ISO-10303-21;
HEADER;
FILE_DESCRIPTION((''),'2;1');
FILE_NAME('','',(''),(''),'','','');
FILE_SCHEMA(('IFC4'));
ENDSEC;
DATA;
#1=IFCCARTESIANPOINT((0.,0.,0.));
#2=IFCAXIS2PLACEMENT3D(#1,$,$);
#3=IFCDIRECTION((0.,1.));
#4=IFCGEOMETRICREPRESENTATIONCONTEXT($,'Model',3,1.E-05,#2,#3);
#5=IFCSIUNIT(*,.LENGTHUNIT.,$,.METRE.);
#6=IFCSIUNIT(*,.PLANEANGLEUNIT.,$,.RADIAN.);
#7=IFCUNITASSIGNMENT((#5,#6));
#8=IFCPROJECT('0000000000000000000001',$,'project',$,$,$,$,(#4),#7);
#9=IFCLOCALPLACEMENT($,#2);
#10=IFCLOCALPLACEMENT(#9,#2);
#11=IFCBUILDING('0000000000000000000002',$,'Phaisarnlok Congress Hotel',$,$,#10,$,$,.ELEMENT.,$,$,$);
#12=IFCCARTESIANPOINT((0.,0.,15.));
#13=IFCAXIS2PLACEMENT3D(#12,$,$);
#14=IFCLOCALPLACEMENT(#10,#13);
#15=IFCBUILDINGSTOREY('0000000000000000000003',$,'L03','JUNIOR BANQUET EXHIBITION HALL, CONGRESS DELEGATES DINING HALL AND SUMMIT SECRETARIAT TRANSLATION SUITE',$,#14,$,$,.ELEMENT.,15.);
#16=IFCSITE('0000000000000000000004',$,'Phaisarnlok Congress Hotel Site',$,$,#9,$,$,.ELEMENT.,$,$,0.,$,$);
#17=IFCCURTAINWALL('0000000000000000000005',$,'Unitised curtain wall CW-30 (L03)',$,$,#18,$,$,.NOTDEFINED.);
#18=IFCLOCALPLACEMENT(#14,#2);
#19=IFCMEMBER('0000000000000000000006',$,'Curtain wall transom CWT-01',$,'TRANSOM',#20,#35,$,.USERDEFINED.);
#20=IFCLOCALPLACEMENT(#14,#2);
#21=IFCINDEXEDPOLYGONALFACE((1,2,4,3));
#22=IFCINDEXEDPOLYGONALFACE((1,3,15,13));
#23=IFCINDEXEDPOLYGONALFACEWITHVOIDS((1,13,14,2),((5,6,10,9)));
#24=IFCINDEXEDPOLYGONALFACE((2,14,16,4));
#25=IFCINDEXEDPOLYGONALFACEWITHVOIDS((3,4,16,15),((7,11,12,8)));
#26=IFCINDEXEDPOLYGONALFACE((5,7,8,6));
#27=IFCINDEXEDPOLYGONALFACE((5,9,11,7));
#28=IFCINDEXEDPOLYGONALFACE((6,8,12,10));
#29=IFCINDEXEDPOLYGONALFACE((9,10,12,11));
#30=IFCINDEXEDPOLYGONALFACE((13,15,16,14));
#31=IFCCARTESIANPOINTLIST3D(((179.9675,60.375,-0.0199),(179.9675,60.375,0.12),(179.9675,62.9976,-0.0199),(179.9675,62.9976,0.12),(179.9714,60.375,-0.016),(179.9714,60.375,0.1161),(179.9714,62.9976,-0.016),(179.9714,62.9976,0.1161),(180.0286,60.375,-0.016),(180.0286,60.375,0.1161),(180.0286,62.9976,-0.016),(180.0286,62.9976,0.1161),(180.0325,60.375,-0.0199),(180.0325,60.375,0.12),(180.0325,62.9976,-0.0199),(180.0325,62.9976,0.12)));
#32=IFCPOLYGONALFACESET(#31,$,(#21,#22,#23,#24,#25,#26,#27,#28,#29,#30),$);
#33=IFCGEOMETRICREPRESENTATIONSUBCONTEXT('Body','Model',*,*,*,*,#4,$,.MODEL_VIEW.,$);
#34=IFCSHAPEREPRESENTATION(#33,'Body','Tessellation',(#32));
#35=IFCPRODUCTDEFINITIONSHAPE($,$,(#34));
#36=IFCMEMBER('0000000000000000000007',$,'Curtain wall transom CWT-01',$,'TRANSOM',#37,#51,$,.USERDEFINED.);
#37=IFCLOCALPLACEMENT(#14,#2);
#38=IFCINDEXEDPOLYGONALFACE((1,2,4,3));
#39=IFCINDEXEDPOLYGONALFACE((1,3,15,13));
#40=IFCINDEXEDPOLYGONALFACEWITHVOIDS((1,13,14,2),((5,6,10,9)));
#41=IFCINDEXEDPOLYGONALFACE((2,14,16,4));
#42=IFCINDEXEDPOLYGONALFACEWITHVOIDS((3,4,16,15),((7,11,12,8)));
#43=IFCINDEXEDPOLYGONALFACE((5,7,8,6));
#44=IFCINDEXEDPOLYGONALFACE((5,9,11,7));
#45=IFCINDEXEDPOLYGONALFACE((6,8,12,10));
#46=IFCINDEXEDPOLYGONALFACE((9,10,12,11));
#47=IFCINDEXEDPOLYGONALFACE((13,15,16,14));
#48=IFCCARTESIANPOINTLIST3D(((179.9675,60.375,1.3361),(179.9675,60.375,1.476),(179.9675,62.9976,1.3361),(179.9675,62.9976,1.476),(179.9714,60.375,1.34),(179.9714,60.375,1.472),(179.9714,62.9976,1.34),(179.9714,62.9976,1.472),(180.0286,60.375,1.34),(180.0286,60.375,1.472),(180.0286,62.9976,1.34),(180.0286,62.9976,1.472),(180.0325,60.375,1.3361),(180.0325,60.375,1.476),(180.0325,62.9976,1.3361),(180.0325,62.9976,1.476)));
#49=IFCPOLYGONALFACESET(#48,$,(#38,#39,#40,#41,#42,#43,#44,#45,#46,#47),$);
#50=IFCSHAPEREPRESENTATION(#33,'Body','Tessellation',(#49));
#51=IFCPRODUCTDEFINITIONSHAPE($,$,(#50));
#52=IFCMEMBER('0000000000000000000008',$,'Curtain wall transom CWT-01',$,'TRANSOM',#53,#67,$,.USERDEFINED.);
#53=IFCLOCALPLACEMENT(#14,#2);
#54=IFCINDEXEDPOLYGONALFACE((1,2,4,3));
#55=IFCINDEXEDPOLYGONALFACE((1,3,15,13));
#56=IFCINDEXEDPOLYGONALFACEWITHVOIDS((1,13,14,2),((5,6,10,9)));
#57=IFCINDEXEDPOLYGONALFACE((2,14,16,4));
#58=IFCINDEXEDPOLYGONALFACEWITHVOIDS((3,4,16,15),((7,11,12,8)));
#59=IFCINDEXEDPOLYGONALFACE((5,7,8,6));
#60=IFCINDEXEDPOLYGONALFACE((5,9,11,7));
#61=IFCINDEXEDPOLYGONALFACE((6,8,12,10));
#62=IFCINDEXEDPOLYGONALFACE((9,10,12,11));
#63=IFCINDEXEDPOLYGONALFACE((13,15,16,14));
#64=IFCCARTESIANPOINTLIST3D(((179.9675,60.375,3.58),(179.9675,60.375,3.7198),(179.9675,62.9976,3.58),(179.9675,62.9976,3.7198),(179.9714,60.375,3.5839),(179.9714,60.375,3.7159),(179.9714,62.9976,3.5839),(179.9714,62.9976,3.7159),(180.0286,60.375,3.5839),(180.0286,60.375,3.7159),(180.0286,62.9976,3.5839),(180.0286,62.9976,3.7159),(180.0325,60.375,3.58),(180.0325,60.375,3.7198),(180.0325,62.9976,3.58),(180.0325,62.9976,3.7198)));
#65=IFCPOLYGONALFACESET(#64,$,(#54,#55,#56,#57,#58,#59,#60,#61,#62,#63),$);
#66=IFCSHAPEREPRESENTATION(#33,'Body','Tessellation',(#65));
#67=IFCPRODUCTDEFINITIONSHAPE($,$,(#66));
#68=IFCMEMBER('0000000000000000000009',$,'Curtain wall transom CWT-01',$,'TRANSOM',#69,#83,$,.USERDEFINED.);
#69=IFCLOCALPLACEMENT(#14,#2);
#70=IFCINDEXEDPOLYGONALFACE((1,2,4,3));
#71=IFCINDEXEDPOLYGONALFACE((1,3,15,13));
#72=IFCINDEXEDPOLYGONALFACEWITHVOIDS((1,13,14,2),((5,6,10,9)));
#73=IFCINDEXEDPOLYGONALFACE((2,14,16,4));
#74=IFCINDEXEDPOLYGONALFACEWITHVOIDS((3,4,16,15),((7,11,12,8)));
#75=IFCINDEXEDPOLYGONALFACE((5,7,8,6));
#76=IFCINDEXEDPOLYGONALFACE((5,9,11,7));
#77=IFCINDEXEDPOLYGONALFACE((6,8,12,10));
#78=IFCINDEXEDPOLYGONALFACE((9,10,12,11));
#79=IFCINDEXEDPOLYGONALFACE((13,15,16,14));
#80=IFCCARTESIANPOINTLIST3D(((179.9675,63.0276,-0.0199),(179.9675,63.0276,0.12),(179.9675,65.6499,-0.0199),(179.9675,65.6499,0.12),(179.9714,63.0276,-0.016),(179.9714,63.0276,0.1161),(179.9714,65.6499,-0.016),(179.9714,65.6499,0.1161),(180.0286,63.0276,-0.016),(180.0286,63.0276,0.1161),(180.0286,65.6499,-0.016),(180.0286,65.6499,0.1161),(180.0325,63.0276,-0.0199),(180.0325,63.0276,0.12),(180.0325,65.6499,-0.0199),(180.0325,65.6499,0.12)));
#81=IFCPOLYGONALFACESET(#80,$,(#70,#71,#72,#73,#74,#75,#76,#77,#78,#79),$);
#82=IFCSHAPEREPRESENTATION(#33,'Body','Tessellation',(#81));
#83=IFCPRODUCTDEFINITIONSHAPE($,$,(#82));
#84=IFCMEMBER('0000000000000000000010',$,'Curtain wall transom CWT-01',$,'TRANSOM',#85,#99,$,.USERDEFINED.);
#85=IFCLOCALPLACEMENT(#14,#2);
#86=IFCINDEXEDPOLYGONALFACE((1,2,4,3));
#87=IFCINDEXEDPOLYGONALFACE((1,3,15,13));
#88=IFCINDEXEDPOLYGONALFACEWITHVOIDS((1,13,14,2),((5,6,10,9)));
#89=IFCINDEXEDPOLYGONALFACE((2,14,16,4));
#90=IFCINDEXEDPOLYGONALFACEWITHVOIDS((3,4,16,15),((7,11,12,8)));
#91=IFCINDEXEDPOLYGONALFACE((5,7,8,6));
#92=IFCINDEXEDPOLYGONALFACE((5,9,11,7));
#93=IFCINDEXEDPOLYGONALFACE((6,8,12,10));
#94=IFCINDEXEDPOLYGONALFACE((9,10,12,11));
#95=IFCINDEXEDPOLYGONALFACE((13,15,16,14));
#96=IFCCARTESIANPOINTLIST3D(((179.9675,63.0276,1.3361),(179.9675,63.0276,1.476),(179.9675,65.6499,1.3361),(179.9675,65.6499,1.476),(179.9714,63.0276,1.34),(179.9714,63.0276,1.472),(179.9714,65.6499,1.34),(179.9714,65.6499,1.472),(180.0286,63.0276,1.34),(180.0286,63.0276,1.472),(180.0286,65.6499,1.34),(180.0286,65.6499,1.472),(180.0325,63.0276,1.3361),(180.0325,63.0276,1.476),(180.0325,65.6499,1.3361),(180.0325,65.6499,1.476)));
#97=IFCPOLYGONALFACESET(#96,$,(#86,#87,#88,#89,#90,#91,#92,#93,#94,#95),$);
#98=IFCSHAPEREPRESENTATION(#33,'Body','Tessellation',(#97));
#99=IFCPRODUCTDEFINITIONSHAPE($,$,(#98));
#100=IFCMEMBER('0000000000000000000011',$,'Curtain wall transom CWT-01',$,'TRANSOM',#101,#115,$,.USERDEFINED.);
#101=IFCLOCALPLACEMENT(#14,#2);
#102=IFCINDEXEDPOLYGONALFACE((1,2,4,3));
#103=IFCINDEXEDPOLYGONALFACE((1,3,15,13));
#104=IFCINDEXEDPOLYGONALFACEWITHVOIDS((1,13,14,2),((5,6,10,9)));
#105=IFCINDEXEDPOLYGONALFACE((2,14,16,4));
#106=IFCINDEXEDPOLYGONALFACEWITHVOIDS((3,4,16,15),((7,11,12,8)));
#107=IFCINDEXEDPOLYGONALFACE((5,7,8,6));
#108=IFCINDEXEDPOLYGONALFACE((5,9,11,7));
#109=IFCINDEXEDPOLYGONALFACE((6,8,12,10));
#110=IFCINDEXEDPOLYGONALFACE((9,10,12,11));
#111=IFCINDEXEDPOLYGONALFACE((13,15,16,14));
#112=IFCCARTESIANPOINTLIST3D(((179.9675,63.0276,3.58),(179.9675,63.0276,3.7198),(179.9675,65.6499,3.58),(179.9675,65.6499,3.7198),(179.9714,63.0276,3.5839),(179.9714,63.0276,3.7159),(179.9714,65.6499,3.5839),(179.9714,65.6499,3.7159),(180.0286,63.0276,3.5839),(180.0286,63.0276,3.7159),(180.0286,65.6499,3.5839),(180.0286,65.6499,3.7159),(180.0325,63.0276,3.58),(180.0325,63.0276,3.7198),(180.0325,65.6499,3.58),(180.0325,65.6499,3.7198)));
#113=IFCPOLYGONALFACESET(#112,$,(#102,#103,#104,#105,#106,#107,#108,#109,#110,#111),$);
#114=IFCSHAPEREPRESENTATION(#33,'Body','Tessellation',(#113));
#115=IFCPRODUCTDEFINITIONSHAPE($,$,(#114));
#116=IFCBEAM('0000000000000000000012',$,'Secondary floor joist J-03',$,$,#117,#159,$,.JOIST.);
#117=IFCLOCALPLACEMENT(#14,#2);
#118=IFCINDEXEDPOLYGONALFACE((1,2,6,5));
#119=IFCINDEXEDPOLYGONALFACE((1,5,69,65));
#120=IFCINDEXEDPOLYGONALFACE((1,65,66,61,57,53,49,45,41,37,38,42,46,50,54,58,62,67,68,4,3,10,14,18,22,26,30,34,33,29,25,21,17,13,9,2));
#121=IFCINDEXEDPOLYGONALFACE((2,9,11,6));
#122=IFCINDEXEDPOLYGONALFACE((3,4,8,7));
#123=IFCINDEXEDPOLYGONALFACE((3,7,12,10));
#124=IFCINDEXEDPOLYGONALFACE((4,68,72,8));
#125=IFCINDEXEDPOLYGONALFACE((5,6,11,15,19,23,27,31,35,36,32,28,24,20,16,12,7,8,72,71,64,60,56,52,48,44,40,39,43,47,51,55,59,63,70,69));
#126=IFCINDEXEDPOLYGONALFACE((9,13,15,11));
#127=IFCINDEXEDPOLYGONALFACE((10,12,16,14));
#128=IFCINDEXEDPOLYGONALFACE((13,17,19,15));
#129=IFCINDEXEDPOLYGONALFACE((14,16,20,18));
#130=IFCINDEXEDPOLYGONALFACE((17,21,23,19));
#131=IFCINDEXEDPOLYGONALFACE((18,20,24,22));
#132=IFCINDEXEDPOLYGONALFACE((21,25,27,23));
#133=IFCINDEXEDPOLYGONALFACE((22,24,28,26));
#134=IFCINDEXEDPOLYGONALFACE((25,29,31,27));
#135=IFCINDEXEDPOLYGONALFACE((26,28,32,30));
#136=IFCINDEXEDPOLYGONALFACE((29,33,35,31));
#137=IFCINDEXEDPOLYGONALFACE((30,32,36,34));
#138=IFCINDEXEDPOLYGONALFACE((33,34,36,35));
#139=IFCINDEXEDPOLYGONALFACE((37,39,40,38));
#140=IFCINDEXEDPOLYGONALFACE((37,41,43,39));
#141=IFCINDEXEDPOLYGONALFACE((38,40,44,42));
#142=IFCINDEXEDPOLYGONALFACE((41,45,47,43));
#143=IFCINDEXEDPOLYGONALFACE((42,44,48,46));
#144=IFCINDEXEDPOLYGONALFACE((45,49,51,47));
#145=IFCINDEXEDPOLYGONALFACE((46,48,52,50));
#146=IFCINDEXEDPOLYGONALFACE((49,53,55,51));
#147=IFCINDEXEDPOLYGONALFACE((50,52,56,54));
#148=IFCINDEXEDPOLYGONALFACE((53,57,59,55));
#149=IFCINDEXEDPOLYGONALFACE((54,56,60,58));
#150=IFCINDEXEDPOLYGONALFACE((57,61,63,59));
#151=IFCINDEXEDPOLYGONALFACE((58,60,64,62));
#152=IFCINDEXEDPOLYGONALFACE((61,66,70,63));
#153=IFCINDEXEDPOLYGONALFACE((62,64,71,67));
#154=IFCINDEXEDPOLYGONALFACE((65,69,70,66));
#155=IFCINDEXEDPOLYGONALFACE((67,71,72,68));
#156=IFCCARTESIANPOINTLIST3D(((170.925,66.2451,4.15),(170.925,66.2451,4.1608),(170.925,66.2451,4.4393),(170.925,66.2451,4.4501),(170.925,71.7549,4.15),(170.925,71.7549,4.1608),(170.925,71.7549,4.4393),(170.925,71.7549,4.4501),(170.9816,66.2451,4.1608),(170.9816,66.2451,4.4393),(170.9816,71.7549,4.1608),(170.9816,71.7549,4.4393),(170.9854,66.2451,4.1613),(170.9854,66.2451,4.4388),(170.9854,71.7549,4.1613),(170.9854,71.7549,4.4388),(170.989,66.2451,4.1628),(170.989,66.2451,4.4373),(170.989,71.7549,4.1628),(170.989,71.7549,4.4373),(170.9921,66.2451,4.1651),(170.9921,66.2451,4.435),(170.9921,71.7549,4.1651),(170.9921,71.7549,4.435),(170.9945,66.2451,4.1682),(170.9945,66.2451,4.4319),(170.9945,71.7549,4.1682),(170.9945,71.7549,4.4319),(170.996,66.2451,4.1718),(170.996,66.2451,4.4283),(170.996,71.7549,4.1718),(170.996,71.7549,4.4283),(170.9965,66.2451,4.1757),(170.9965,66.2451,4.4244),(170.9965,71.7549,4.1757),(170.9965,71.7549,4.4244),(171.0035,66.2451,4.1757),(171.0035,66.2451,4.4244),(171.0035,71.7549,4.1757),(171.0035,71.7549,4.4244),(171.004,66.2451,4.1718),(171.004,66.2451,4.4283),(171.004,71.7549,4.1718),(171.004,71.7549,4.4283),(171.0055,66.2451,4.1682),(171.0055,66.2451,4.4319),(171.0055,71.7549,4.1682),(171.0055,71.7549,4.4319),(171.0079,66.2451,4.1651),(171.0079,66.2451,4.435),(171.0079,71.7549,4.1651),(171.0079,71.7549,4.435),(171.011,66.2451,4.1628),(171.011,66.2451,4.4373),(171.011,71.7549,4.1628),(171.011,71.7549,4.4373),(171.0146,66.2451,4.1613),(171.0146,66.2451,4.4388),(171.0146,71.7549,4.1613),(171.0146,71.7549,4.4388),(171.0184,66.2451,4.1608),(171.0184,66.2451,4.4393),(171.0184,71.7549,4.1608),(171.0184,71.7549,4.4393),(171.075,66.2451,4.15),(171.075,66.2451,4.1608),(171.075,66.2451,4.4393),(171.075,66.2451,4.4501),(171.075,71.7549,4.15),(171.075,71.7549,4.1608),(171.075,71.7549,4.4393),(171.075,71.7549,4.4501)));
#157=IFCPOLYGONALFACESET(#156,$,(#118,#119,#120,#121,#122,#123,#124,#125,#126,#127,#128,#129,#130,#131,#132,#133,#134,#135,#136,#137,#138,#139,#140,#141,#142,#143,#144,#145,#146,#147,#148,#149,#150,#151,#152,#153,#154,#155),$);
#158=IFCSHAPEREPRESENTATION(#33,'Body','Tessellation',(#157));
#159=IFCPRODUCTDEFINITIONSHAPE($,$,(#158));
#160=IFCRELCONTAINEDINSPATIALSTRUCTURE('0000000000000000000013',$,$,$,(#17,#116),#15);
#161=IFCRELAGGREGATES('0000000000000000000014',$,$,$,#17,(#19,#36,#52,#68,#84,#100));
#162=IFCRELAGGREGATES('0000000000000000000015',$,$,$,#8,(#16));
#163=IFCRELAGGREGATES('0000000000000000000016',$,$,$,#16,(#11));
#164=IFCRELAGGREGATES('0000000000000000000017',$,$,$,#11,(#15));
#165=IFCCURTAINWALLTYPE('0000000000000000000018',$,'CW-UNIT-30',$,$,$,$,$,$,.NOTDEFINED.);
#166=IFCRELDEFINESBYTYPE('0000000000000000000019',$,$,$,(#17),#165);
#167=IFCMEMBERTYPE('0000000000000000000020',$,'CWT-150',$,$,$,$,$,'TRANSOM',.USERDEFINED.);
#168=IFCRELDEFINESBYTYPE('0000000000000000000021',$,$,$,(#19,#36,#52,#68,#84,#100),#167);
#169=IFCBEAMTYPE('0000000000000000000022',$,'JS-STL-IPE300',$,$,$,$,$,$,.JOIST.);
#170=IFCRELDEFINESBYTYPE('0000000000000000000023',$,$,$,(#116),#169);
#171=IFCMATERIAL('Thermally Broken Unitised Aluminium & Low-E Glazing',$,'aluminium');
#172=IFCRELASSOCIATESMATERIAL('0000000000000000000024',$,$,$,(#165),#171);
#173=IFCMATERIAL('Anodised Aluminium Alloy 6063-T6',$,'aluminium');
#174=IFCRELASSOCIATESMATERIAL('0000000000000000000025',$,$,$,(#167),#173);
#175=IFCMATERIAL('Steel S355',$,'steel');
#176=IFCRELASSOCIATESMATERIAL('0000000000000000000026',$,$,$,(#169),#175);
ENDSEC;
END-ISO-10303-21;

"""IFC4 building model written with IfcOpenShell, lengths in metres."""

from ifc_helpers import new_model, si_unit, direction, frame, origin, origin_2d, place, context, subcontext, project, spatial, hollow_rectangle, i_section, extrude, material, material_profile, profile_set, type_object, element, aggregate, save


model = new_model("IFC4")

# Units and contexts
model_context = context("Model", 3, precision=1e-05, world=origin(), true_north=direction((0.0, 1.0)))
body_context = subcontext(model_context, "Body", "Model", "MODEL_VIEW")
ifc_project = project(units=[si_unit("LENGTHUNIT", "METRE"), si_unit("PLANEANGLEUNIT", "RADIAN")], contexts=[model_context])

# Site, building, storey
site_placement = place(None, origin())
site = spatial("IfcSite", under=ifc_project, at=site_placement, Name="Phaisarnlok Congress Hotel Site", CompositionType="ELEMENT", RefElevation=0.0)
building_placement = place(site_placement, origin())
building = spatial("IfcBuilding", under=site, at=building_placement, Name="Phaisarnlok Congress Hotel", CompositionType="ELEMENT")
storey_placement = place(building_placement, frame((0.0, 0.0, 15.0)))
storey = spatial("IfcBuildingStorey", under=building, at=storey_placement, Name="L03", Description="JUNIOR BANQUET EXHIBITION HALL, CONGRESS DELEGATES DINING HALL AND SUMMIT SECRETARIAT TRANSLATION SUITE", CompositionType="ELEMENT", Elevation=15.0)

# Shared definitions
ifc_material_1 = material(Name="Steel S355", Category="steel")

# Curtain wall, members
ifc_material_2 = material(Name="Thermally Broken Unitised Aluminium & Low-E Glazing", Category="aluminium")
curtain_wall_type = type_object("IfcCurtainWallType", Name="CW-UNIT-30", PredefinedType="NOTDEFINED", material=ifc_material_2)
curtain_wall_placement = place(storey_placement, origin())
curtain_wall = element("IfcCurtainWall", 1, at=curtain_wall_placement, inside=storey, type_object=curtain_wall_type, Name="Unitised curtain wall CW-30 (L03)", PredefinedType="NOTDEFINED")
ifc_material_3 = material(Name="Anodised Aluminium Alloy 6063-T6", Category="aluminium")
ifc_material_profile_1 = material_profile(ifc_material_3, hollow_rectangle(XDim=0.0649, YDim=0.1399, WallThickness=0.0039, at=origin_2d()), Name="ALU-T 65x140x4")
ifc_profile_set_1 = profile_set([ifc_material_profile_1], Name="Anodised Aluminium Alloy 6063-T6")
member_type_1 = type_object("IfcMemberType", Name="CWT-150", ElementType="TRANSOM", PredefinedType="USERDEFINED", material=ifc_profile_set_1)
member_1_placement = place(storey_placement, frame((180.0, 60.375, 0.05), z_axis=(0.0, 1.0, 0.0), x_axis=(-1.0, 0.0, 0.0)))
member_1 = element("IfcMember", 2, at=member_1_placement, type_object=member_type_1, Name="Curtain wall transom CWT-01", ObjectType="TRANSOM", PredefinedType="USERDEFINED", context=body_context, shape_type="SweptSolid", body=[
    extrude(hollow_rectangle(XDim=0.0649, YDim=0.1399, WallThickness=0.0039, at=origin_2d()), origin(), (0.0, 0.0, 1.0), 2.6226),
])
member_2_placement = place(storey_placement, frame((180.0, 60.375, 1.406), z_axis=(0.0, 1.0, 0.0), x_axis=(-1.0, 0.0, 0.0)))
member_2 = element("IfcMember", 3, at=member_2_placement, type_object=member_type_1, Name="Curtain wall transom CWT-01", ObjectType="TRANSOM", PredefinedType="USERDEFINED", context=body_context, shape_type="SweptSolid", body=[
    extrude(hollow_rectangle(XDim=0.0649, YDim=0.1399, WallThickness=0.0039, at=origin_2d()), origin(), (0.0, 0.0, 1.0), 2.6226),
])
member_3_placement = place(storey_placement, frame((180.0, 60.375, 3.6499), z_axis=(0.0, 1.0, 0.0), x_axis=(-1.0, 0.0, 0.0)))
member_3 = element("IfcMember", 4, at=member_3_placement, type_object=member_type_1, Name="Curtain wall transom CWT-01", ObjectType="TRANSOM", PredefinedType="USERDEFINED", context=body_context, shape_type="SweptSolid", body=[
    extrude(hollow_rectangle(XDim=0.0649, YDim=0.1399, WallThickness=0.0039, at=origin_2d()), origin(), (0.0, 0.0, 1.0), 2.6226),
])
member_4_placement = place(storey_placement, frame((180.0, 63.0276, 0.05), z_axis=(0.0, 1.0, 0.0), x_axis=(-1.0, 0.0, 0.0)))
member_4 = element("IfcMember", 5, at=member_4_placement, type_object=member_type_1, Name="Curtain wall transom CWT-01", ObjectType="TRANSOM", PredefinedType="USERDEFINED", context=body_context, shape_type="SweptSolid", body=[
    extrude(hollow_rectangle(XDim=0.0649, YDim=0.1399, WallThickness=0.0039, at=origin_2d()), origin(), (0.0, 0.0, 1.0), 2.6223),
])
member_5_placement = place(storey_placement, frame((180.0, 63.0276, 1.406), z_axis=(0.0, 1.0, 0.0), x_axis=(-1.0, 0.0, 0.0)))
member_5 = element("IfcMember", 6, at=member_5_placement, type_object=member_type_1, Name="Curtain wall transom CWT-01", ObjectType="TRANSOM", PredefinedType="USERDEFINED", context=body_context, shape_type="SweptSolid", body=[
    extrude(hollow_rectangle(XDim=0.0649, YDim=0.1399, WallThickness=0.0039, at=origin_2d()), origin(), (0.0, 0.0, 1.0), 2.6223),
])
member_6_placement = place(storey_placement, frame((180.0, 63.0276, 3.6499), z_axis=(0.0, 1.0, 0.0), x_axis=(-1.0, 0.0, 0.0)))
member_6 = element("IfcMember", 7, at=member_6_placement, type_object=member_type_1, Name="Curtain wall transom CWT-01", ObjectType="TRANSOM", PredefinedType="USERDEFINED", context=body_context, shape_type="SweptSolid", body=[
    extrude(hollow_rectangle(XDim=0.0649, YDim=0.1399, WallThickness=0.0039, at=origin_2d()), origin(), (0.0, 0.0, 1.0), 2.6223),
])

# Beam
ifc_material_profile_2 = material_profile(ifc_material_1, i_section(OverallWidth=0.1499, OverallDepth=0.3, WebThickness=0.0071, FlangeThickness=0.0107, FilletRadius=0.0149, at=origin_2d()), Name="IPE 300")
ifc_profile_set_2 = profile_set([ifc_material_profile_2], Name="Steel S355")
beam_type_1 = type_object("IfcBeamType", Name="JS-STL-IPE300", PredefinedType="JOIST", material=ifc_profile_set_2)
beam_1_placement = place(storey_placement, frame((171.0, 66.2451, 4.3), z_axis=(0.0, 1.0, 0.0), x_axis=(-1.0, 0.0, 0.0)))
element("IfcBeam", 8, at=beam_1_placement, inside=storey, type_object=beam_type_1, Name="Secondary floor joist J-03", PredefinedType="JOIST", context=body_context, shape_type="SweptSolid", body=[
    extrude(i_section(OverallWidth=0.1499, OverallDepth=0.3, WebThickness=0.0071, FlangeThickness=0.0107, FilletRadius=0.0149, at=origin_2d()), origin(), (0.0, 0.0, 1.0), 5.5098),
])

aggregate(curtain_wall, [member_1, member_2, member_3, member_4, member_5, member_6])

save(model, "model.ifc")
